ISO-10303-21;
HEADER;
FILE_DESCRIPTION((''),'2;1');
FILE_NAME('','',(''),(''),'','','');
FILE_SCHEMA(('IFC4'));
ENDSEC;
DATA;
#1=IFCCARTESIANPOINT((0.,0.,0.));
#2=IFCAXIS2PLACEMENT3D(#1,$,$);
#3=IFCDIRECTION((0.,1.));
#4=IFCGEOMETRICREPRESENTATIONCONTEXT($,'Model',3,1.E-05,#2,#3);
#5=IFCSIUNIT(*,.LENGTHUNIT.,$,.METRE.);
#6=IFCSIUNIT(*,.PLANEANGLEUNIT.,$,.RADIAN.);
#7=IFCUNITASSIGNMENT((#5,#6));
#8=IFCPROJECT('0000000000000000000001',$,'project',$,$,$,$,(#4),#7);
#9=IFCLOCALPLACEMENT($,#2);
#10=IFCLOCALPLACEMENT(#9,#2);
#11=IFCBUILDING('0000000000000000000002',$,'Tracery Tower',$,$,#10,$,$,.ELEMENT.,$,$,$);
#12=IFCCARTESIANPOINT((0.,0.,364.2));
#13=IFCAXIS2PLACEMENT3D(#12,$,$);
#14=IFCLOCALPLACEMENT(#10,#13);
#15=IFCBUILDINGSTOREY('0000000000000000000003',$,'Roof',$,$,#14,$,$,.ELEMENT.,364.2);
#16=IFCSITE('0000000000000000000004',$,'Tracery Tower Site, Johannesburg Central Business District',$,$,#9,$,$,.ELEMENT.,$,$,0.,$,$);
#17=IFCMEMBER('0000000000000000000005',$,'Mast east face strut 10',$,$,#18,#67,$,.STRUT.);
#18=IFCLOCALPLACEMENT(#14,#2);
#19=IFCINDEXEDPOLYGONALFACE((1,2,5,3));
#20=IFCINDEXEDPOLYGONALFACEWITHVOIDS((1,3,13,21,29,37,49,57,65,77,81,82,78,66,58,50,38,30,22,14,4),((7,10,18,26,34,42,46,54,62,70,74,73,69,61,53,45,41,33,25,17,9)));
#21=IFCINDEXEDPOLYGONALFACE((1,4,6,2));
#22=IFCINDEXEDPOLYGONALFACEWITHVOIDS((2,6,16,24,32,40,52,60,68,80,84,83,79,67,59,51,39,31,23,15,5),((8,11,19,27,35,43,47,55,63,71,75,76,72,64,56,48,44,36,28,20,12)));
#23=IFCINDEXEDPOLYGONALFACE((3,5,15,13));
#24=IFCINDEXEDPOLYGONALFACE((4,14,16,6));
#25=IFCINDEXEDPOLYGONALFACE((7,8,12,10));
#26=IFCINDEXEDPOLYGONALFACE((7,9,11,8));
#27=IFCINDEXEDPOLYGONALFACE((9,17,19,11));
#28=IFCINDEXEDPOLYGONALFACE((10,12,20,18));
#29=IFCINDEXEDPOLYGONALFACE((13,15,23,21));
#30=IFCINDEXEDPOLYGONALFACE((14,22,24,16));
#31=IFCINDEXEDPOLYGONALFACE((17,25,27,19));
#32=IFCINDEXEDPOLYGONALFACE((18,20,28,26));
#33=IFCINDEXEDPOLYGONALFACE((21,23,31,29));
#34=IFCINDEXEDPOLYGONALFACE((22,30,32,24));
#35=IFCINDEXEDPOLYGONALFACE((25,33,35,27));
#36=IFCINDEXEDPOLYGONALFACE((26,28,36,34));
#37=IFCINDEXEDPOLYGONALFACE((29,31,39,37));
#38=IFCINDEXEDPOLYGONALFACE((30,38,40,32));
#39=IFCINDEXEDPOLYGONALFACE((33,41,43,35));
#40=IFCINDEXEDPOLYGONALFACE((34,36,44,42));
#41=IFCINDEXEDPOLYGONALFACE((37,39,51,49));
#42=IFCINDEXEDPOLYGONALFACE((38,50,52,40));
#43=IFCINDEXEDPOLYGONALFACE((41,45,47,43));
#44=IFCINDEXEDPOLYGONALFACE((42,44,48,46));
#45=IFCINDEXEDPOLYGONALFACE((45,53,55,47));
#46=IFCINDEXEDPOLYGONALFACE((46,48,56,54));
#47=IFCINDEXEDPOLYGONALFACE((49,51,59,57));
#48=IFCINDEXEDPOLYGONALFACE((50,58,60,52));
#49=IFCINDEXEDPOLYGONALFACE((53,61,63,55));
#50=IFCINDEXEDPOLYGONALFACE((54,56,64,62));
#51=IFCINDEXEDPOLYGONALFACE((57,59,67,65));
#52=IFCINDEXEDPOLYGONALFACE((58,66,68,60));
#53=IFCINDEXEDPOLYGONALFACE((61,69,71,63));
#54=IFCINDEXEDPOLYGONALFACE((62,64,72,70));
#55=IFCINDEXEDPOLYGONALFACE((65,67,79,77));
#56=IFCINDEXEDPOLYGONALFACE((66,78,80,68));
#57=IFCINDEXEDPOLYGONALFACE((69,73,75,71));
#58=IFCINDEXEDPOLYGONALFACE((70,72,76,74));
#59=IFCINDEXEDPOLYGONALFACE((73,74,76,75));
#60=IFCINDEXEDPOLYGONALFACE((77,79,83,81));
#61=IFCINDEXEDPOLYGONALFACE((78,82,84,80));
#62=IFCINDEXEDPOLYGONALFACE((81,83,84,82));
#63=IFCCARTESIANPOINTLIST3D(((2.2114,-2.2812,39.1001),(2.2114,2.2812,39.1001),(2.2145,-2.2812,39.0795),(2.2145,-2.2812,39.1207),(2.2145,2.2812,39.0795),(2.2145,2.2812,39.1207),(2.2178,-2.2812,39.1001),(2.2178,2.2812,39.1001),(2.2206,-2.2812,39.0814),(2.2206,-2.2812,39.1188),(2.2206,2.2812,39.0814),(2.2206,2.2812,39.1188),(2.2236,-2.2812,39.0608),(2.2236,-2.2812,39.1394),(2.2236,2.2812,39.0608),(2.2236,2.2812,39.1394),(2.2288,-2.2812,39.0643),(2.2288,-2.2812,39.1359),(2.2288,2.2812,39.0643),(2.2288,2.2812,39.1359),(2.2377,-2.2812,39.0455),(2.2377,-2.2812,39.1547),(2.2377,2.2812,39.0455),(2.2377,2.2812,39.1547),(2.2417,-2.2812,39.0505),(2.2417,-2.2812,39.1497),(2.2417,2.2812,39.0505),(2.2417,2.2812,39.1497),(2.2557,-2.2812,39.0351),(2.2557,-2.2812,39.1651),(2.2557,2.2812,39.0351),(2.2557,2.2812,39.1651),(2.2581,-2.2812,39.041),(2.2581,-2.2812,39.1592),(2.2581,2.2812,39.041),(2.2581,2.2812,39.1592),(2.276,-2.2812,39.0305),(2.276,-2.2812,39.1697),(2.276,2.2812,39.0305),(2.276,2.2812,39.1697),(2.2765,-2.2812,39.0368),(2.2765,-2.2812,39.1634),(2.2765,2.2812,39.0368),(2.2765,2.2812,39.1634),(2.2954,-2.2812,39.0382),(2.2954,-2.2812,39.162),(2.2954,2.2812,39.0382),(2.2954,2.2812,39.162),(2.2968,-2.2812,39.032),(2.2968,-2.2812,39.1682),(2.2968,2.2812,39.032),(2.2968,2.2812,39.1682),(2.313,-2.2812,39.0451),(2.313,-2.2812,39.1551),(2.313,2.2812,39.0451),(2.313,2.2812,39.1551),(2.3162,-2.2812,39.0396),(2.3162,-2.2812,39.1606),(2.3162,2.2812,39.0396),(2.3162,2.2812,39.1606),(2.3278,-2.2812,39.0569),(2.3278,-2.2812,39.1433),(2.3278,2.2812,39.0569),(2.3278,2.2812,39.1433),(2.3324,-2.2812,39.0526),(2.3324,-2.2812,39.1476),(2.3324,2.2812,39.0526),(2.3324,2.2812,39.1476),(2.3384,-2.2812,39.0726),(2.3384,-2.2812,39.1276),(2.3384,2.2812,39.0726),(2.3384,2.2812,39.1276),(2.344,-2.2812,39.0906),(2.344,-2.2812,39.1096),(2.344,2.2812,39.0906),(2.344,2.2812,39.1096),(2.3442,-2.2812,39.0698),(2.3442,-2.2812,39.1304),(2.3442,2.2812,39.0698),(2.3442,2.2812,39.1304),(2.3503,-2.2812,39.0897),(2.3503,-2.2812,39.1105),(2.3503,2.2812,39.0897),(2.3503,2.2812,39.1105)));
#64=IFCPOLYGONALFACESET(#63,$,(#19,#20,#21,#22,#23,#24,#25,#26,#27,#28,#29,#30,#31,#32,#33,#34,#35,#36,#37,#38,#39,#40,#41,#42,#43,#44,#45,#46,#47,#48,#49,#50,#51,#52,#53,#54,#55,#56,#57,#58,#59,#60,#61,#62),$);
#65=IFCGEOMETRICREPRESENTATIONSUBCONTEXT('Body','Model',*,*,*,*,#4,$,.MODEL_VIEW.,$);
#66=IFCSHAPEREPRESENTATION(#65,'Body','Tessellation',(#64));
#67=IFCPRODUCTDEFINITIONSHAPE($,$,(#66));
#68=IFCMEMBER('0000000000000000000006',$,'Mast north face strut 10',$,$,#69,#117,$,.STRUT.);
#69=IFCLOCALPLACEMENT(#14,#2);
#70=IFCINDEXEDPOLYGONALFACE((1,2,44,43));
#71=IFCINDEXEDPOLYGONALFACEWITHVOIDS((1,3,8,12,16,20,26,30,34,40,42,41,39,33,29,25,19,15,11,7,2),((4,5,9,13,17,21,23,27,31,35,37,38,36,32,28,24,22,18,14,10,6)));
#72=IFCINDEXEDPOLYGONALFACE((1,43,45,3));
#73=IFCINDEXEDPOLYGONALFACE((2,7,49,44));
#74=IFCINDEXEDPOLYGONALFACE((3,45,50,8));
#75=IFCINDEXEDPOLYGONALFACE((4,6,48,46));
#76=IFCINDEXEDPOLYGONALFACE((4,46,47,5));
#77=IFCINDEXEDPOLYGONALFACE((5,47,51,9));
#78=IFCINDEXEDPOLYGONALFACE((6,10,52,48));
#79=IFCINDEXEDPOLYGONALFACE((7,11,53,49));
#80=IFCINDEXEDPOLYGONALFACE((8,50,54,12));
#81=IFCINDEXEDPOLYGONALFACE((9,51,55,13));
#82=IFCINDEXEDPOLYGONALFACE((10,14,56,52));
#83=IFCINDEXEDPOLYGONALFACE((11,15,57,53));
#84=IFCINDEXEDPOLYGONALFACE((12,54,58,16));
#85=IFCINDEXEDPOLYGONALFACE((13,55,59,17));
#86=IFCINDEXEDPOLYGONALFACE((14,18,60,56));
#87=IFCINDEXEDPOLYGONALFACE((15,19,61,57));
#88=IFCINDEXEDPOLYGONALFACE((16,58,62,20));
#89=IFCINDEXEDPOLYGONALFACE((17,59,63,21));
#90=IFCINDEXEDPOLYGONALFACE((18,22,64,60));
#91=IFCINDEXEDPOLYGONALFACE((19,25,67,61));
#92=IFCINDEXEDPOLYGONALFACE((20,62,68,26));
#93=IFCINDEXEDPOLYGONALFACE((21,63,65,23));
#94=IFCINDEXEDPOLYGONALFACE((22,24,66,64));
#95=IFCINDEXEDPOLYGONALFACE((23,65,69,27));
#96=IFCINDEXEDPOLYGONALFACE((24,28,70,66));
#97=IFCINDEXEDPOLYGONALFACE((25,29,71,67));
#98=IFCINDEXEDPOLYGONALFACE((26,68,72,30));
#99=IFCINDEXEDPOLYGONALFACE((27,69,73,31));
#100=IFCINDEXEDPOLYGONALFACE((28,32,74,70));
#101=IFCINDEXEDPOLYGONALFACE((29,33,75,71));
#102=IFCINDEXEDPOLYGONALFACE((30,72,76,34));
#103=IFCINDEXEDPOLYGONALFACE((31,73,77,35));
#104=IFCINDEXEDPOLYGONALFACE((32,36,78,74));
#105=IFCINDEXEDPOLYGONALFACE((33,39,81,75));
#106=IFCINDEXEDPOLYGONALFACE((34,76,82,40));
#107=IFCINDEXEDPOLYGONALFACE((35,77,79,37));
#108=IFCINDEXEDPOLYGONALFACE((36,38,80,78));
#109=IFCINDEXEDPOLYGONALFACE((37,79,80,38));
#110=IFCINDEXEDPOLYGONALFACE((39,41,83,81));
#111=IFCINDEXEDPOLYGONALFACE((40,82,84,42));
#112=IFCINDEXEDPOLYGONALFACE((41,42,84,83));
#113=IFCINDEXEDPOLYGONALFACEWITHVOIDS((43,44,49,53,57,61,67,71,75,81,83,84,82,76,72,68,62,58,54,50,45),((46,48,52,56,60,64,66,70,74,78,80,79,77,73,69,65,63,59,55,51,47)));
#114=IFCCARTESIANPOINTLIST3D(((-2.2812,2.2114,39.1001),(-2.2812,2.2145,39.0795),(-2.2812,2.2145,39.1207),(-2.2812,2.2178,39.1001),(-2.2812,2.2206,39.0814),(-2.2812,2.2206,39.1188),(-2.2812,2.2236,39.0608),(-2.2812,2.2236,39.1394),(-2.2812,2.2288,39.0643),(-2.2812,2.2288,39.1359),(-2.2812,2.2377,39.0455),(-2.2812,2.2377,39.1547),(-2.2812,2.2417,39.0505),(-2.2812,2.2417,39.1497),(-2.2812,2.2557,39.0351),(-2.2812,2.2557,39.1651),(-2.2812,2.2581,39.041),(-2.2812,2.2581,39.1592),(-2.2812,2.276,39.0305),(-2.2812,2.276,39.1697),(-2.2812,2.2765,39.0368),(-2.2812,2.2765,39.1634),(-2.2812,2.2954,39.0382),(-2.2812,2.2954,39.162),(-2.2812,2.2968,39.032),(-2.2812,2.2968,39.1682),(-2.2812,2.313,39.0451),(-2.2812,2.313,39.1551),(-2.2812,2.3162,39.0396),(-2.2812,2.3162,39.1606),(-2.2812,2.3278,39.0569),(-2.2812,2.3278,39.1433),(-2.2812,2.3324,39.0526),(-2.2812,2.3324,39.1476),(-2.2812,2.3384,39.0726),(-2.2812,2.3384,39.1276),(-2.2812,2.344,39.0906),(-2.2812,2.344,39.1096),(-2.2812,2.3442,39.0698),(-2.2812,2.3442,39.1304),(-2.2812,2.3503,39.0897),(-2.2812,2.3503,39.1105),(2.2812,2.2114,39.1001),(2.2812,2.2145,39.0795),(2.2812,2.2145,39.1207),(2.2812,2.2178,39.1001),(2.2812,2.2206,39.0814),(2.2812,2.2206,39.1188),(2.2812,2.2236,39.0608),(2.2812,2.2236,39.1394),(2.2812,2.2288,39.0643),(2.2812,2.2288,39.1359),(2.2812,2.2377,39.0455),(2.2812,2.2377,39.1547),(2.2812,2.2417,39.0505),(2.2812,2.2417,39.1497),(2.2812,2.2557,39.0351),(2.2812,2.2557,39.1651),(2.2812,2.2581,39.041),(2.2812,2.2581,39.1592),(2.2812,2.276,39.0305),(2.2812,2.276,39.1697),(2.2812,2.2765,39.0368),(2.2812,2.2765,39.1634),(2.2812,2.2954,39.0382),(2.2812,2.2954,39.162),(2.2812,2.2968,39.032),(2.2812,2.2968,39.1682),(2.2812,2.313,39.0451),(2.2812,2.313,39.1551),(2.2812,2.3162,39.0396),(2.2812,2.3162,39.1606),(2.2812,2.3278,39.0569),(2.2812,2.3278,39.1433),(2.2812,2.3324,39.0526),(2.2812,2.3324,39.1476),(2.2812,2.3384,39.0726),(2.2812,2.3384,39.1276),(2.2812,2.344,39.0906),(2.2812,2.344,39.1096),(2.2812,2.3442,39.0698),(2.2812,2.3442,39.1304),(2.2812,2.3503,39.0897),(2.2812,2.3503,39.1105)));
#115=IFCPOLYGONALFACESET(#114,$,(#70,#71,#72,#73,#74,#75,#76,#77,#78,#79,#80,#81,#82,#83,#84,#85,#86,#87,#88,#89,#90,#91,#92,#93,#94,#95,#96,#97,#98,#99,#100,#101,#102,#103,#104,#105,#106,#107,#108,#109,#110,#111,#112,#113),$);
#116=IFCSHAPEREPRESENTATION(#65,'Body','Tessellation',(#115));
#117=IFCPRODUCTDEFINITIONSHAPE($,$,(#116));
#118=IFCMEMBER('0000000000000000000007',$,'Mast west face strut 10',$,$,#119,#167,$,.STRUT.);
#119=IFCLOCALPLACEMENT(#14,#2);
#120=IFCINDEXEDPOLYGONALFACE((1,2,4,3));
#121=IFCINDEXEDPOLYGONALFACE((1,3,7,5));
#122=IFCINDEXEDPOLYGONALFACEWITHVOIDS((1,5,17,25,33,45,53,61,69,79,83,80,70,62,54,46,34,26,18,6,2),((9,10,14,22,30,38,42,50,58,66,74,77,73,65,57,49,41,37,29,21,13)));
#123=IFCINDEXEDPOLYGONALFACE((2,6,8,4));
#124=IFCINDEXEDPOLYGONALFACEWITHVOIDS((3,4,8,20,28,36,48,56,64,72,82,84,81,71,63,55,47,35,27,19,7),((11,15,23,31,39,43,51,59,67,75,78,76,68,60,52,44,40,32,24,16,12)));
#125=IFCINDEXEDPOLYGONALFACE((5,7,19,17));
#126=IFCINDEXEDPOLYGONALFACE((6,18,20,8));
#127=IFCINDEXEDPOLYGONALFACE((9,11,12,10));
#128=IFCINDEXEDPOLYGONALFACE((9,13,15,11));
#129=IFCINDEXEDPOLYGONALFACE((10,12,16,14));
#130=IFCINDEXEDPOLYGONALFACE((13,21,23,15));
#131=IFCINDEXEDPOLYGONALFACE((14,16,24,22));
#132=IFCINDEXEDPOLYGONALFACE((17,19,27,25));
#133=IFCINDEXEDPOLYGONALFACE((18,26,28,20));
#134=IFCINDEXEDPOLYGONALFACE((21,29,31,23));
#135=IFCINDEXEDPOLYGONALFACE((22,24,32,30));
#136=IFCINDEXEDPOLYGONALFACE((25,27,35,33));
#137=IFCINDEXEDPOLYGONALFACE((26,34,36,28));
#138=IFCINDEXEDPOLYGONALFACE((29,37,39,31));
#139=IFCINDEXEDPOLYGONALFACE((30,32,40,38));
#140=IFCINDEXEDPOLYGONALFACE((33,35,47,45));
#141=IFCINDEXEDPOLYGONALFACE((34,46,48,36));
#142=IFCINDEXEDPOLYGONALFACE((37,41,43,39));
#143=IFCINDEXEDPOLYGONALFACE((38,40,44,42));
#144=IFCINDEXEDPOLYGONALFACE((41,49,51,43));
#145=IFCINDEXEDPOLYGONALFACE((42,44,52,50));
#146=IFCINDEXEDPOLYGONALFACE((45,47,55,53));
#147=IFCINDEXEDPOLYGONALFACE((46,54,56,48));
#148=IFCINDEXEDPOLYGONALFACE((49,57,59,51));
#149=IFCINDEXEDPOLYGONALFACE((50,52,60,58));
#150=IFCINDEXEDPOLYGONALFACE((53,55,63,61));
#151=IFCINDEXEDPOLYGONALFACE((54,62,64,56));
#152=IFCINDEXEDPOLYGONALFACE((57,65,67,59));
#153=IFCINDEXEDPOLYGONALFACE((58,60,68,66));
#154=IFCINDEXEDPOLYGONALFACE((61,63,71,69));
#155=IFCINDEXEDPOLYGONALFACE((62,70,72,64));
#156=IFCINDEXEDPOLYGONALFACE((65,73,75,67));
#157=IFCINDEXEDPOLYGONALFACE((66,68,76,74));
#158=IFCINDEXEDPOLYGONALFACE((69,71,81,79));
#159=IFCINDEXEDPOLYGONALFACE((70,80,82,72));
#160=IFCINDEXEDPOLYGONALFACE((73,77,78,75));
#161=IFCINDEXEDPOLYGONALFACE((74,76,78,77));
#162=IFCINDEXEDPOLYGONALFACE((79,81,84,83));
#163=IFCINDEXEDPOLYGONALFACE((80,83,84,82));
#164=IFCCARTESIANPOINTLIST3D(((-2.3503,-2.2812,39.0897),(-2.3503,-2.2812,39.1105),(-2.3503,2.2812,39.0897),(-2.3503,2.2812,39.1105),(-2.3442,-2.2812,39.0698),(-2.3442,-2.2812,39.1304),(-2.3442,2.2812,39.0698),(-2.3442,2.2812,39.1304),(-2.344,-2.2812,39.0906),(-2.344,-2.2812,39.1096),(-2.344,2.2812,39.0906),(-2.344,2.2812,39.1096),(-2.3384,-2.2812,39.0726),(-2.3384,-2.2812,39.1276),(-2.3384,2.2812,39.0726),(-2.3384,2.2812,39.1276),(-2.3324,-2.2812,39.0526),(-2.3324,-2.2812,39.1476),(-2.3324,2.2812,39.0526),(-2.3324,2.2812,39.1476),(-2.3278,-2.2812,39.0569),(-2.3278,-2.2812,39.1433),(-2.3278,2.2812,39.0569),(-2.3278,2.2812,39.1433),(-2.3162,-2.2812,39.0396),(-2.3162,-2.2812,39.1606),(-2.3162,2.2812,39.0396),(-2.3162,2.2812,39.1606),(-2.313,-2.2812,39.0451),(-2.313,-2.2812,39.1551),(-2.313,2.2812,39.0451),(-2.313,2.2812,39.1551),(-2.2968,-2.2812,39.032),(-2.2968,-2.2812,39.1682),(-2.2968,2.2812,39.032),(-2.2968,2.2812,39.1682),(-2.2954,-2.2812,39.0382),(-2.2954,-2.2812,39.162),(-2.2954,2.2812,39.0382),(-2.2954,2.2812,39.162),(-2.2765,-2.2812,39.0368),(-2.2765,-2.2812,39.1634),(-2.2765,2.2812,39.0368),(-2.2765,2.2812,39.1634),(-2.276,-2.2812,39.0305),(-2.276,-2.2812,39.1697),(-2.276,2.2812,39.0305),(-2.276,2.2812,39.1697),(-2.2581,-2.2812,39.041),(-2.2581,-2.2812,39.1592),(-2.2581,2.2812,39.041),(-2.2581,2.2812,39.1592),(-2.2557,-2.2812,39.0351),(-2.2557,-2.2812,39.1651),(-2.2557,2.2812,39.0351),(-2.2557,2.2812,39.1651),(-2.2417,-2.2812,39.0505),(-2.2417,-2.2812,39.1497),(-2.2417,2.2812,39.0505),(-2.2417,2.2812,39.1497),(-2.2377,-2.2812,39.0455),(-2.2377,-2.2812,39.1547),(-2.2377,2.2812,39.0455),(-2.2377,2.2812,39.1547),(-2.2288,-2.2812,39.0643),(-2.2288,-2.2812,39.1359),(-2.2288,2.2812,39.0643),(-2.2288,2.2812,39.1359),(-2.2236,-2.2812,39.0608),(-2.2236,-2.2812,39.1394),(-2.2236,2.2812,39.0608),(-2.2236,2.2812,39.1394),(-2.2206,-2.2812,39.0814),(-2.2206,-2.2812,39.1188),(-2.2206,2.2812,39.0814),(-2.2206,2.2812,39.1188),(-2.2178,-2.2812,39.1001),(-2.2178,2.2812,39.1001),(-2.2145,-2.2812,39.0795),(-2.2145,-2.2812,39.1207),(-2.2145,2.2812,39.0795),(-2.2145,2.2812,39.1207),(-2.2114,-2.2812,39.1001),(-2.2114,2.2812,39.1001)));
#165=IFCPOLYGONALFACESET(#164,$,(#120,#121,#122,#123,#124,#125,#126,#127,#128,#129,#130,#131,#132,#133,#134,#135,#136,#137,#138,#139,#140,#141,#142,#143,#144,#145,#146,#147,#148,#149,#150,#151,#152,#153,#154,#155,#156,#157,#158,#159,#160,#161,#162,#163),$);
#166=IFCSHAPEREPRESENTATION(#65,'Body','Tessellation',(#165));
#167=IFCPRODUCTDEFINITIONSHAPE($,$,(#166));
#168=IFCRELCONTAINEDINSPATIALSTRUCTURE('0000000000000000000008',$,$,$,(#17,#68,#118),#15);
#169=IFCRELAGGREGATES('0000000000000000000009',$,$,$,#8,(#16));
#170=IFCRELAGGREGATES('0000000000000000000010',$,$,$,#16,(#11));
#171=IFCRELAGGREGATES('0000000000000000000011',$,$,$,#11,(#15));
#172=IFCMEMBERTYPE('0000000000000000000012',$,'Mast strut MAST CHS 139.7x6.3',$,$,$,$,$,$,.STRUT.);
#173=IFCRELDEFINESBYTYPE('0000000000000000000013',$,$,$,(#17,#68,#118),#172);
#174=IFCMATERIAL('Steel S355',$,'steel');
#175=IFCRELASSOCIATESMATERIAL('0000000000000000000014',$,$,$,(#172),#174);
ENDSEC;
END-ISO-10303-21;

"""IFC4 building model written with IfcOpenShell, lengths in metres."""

from ifc_helpers import new_model, si_unit, direction, frame, origin, origin_2d, place, context, subcontext, project, spatial, hollow_circle, extrude, material, material_profile, profile_set, type_object, element, save


model = new_model("IFC4")

# Units and contexts
model_context = context("Model", 3, precision=1e-05, world=origin(), true_north=direction((0.0, 1.0)))
body_context = subcontext(model_context, "Body", "Model", "MODEL_VIEW")
ifc_project = project(units=[si_unit("LENGTHUNIT", "METRE"), si_unit("PLANEANGLEUNIT", "RADIAN")], contexts=[model_context])

# Site, building, storey
site_placement = place(None, origin())
site = spatial("IfcSite", under=ifc_project, at=site_placement, Name="Tracery Tower Site, Johannesburg Central Business District", CompositionType="ELEMENT", RefElevation=0.0)
building_placement = place(site_placement, origin())
building = spatial("IfcBuilding", under=site, at=building_placement, Name="Tracery Tower", CompositionType="ELEMENT")
storey_placement = place(building_placement, frame((0.0, 0.0, 364.2)))
storey = spatial("IfcBuildingStorey", under=building, at=storey_placement, Name="Roof", CompositionType="ELEMENT", Elevation=364.2)

# Members
ifc_material_1 = material(Name="Steel S355", Category="steel")
ifc_material_profile_1 = material_profile(ifc_material_1, hollow_circle(Radius=0.0698, WallThickness=0.0063, at=origin_2d()), Name="CHS 139.7x6.3")
ifc_profile_set_1 = profile_set([ifc_material_profile_1], Name="Steel S355")
member_type_1 = type_object("IfcMemberType", Name="Mast strut MAST CHS 139.7x6.3", PredefinedType="STRUT", material=ifc_profile_set_1)
for number, where, z_axis, x_axis, name in (
    (1, (2.2812, -2.2812, 39.1001), (0.0, 1.0, 0.0), (-1.0, 0.0, 0.0), "Mast east face strut 10"),
    (2, (2.2812, 2.2812, 39.1001), (-1.0, 0.0, 0.0), (0.0, -1.0, 0.0), "Mast north face strut 10"),
    (3, (-2.2812, 2.2812, 39.1001), (0.0, -1.0, 0.0), (1.0, 0.0, 0.0), "Mast west face strut 10"),
):
    element("IfcMember", number, at=place(storey_placement, frame(where, z_axis=z_axis, x_axis=x_axis)), inside=storey, type_object=member_type_1, Name=name, PredefinedType="STRUT", context=body_context, shape_type="SweptSolid", body=[
        extrude(hollow_circle(Radius=0.0698, WallThickness=0.0063, at=origin_2d()), origin(), (0.0, 0.0, 1.0), 4.5625),
    ])

save(model, "model.ifc")
